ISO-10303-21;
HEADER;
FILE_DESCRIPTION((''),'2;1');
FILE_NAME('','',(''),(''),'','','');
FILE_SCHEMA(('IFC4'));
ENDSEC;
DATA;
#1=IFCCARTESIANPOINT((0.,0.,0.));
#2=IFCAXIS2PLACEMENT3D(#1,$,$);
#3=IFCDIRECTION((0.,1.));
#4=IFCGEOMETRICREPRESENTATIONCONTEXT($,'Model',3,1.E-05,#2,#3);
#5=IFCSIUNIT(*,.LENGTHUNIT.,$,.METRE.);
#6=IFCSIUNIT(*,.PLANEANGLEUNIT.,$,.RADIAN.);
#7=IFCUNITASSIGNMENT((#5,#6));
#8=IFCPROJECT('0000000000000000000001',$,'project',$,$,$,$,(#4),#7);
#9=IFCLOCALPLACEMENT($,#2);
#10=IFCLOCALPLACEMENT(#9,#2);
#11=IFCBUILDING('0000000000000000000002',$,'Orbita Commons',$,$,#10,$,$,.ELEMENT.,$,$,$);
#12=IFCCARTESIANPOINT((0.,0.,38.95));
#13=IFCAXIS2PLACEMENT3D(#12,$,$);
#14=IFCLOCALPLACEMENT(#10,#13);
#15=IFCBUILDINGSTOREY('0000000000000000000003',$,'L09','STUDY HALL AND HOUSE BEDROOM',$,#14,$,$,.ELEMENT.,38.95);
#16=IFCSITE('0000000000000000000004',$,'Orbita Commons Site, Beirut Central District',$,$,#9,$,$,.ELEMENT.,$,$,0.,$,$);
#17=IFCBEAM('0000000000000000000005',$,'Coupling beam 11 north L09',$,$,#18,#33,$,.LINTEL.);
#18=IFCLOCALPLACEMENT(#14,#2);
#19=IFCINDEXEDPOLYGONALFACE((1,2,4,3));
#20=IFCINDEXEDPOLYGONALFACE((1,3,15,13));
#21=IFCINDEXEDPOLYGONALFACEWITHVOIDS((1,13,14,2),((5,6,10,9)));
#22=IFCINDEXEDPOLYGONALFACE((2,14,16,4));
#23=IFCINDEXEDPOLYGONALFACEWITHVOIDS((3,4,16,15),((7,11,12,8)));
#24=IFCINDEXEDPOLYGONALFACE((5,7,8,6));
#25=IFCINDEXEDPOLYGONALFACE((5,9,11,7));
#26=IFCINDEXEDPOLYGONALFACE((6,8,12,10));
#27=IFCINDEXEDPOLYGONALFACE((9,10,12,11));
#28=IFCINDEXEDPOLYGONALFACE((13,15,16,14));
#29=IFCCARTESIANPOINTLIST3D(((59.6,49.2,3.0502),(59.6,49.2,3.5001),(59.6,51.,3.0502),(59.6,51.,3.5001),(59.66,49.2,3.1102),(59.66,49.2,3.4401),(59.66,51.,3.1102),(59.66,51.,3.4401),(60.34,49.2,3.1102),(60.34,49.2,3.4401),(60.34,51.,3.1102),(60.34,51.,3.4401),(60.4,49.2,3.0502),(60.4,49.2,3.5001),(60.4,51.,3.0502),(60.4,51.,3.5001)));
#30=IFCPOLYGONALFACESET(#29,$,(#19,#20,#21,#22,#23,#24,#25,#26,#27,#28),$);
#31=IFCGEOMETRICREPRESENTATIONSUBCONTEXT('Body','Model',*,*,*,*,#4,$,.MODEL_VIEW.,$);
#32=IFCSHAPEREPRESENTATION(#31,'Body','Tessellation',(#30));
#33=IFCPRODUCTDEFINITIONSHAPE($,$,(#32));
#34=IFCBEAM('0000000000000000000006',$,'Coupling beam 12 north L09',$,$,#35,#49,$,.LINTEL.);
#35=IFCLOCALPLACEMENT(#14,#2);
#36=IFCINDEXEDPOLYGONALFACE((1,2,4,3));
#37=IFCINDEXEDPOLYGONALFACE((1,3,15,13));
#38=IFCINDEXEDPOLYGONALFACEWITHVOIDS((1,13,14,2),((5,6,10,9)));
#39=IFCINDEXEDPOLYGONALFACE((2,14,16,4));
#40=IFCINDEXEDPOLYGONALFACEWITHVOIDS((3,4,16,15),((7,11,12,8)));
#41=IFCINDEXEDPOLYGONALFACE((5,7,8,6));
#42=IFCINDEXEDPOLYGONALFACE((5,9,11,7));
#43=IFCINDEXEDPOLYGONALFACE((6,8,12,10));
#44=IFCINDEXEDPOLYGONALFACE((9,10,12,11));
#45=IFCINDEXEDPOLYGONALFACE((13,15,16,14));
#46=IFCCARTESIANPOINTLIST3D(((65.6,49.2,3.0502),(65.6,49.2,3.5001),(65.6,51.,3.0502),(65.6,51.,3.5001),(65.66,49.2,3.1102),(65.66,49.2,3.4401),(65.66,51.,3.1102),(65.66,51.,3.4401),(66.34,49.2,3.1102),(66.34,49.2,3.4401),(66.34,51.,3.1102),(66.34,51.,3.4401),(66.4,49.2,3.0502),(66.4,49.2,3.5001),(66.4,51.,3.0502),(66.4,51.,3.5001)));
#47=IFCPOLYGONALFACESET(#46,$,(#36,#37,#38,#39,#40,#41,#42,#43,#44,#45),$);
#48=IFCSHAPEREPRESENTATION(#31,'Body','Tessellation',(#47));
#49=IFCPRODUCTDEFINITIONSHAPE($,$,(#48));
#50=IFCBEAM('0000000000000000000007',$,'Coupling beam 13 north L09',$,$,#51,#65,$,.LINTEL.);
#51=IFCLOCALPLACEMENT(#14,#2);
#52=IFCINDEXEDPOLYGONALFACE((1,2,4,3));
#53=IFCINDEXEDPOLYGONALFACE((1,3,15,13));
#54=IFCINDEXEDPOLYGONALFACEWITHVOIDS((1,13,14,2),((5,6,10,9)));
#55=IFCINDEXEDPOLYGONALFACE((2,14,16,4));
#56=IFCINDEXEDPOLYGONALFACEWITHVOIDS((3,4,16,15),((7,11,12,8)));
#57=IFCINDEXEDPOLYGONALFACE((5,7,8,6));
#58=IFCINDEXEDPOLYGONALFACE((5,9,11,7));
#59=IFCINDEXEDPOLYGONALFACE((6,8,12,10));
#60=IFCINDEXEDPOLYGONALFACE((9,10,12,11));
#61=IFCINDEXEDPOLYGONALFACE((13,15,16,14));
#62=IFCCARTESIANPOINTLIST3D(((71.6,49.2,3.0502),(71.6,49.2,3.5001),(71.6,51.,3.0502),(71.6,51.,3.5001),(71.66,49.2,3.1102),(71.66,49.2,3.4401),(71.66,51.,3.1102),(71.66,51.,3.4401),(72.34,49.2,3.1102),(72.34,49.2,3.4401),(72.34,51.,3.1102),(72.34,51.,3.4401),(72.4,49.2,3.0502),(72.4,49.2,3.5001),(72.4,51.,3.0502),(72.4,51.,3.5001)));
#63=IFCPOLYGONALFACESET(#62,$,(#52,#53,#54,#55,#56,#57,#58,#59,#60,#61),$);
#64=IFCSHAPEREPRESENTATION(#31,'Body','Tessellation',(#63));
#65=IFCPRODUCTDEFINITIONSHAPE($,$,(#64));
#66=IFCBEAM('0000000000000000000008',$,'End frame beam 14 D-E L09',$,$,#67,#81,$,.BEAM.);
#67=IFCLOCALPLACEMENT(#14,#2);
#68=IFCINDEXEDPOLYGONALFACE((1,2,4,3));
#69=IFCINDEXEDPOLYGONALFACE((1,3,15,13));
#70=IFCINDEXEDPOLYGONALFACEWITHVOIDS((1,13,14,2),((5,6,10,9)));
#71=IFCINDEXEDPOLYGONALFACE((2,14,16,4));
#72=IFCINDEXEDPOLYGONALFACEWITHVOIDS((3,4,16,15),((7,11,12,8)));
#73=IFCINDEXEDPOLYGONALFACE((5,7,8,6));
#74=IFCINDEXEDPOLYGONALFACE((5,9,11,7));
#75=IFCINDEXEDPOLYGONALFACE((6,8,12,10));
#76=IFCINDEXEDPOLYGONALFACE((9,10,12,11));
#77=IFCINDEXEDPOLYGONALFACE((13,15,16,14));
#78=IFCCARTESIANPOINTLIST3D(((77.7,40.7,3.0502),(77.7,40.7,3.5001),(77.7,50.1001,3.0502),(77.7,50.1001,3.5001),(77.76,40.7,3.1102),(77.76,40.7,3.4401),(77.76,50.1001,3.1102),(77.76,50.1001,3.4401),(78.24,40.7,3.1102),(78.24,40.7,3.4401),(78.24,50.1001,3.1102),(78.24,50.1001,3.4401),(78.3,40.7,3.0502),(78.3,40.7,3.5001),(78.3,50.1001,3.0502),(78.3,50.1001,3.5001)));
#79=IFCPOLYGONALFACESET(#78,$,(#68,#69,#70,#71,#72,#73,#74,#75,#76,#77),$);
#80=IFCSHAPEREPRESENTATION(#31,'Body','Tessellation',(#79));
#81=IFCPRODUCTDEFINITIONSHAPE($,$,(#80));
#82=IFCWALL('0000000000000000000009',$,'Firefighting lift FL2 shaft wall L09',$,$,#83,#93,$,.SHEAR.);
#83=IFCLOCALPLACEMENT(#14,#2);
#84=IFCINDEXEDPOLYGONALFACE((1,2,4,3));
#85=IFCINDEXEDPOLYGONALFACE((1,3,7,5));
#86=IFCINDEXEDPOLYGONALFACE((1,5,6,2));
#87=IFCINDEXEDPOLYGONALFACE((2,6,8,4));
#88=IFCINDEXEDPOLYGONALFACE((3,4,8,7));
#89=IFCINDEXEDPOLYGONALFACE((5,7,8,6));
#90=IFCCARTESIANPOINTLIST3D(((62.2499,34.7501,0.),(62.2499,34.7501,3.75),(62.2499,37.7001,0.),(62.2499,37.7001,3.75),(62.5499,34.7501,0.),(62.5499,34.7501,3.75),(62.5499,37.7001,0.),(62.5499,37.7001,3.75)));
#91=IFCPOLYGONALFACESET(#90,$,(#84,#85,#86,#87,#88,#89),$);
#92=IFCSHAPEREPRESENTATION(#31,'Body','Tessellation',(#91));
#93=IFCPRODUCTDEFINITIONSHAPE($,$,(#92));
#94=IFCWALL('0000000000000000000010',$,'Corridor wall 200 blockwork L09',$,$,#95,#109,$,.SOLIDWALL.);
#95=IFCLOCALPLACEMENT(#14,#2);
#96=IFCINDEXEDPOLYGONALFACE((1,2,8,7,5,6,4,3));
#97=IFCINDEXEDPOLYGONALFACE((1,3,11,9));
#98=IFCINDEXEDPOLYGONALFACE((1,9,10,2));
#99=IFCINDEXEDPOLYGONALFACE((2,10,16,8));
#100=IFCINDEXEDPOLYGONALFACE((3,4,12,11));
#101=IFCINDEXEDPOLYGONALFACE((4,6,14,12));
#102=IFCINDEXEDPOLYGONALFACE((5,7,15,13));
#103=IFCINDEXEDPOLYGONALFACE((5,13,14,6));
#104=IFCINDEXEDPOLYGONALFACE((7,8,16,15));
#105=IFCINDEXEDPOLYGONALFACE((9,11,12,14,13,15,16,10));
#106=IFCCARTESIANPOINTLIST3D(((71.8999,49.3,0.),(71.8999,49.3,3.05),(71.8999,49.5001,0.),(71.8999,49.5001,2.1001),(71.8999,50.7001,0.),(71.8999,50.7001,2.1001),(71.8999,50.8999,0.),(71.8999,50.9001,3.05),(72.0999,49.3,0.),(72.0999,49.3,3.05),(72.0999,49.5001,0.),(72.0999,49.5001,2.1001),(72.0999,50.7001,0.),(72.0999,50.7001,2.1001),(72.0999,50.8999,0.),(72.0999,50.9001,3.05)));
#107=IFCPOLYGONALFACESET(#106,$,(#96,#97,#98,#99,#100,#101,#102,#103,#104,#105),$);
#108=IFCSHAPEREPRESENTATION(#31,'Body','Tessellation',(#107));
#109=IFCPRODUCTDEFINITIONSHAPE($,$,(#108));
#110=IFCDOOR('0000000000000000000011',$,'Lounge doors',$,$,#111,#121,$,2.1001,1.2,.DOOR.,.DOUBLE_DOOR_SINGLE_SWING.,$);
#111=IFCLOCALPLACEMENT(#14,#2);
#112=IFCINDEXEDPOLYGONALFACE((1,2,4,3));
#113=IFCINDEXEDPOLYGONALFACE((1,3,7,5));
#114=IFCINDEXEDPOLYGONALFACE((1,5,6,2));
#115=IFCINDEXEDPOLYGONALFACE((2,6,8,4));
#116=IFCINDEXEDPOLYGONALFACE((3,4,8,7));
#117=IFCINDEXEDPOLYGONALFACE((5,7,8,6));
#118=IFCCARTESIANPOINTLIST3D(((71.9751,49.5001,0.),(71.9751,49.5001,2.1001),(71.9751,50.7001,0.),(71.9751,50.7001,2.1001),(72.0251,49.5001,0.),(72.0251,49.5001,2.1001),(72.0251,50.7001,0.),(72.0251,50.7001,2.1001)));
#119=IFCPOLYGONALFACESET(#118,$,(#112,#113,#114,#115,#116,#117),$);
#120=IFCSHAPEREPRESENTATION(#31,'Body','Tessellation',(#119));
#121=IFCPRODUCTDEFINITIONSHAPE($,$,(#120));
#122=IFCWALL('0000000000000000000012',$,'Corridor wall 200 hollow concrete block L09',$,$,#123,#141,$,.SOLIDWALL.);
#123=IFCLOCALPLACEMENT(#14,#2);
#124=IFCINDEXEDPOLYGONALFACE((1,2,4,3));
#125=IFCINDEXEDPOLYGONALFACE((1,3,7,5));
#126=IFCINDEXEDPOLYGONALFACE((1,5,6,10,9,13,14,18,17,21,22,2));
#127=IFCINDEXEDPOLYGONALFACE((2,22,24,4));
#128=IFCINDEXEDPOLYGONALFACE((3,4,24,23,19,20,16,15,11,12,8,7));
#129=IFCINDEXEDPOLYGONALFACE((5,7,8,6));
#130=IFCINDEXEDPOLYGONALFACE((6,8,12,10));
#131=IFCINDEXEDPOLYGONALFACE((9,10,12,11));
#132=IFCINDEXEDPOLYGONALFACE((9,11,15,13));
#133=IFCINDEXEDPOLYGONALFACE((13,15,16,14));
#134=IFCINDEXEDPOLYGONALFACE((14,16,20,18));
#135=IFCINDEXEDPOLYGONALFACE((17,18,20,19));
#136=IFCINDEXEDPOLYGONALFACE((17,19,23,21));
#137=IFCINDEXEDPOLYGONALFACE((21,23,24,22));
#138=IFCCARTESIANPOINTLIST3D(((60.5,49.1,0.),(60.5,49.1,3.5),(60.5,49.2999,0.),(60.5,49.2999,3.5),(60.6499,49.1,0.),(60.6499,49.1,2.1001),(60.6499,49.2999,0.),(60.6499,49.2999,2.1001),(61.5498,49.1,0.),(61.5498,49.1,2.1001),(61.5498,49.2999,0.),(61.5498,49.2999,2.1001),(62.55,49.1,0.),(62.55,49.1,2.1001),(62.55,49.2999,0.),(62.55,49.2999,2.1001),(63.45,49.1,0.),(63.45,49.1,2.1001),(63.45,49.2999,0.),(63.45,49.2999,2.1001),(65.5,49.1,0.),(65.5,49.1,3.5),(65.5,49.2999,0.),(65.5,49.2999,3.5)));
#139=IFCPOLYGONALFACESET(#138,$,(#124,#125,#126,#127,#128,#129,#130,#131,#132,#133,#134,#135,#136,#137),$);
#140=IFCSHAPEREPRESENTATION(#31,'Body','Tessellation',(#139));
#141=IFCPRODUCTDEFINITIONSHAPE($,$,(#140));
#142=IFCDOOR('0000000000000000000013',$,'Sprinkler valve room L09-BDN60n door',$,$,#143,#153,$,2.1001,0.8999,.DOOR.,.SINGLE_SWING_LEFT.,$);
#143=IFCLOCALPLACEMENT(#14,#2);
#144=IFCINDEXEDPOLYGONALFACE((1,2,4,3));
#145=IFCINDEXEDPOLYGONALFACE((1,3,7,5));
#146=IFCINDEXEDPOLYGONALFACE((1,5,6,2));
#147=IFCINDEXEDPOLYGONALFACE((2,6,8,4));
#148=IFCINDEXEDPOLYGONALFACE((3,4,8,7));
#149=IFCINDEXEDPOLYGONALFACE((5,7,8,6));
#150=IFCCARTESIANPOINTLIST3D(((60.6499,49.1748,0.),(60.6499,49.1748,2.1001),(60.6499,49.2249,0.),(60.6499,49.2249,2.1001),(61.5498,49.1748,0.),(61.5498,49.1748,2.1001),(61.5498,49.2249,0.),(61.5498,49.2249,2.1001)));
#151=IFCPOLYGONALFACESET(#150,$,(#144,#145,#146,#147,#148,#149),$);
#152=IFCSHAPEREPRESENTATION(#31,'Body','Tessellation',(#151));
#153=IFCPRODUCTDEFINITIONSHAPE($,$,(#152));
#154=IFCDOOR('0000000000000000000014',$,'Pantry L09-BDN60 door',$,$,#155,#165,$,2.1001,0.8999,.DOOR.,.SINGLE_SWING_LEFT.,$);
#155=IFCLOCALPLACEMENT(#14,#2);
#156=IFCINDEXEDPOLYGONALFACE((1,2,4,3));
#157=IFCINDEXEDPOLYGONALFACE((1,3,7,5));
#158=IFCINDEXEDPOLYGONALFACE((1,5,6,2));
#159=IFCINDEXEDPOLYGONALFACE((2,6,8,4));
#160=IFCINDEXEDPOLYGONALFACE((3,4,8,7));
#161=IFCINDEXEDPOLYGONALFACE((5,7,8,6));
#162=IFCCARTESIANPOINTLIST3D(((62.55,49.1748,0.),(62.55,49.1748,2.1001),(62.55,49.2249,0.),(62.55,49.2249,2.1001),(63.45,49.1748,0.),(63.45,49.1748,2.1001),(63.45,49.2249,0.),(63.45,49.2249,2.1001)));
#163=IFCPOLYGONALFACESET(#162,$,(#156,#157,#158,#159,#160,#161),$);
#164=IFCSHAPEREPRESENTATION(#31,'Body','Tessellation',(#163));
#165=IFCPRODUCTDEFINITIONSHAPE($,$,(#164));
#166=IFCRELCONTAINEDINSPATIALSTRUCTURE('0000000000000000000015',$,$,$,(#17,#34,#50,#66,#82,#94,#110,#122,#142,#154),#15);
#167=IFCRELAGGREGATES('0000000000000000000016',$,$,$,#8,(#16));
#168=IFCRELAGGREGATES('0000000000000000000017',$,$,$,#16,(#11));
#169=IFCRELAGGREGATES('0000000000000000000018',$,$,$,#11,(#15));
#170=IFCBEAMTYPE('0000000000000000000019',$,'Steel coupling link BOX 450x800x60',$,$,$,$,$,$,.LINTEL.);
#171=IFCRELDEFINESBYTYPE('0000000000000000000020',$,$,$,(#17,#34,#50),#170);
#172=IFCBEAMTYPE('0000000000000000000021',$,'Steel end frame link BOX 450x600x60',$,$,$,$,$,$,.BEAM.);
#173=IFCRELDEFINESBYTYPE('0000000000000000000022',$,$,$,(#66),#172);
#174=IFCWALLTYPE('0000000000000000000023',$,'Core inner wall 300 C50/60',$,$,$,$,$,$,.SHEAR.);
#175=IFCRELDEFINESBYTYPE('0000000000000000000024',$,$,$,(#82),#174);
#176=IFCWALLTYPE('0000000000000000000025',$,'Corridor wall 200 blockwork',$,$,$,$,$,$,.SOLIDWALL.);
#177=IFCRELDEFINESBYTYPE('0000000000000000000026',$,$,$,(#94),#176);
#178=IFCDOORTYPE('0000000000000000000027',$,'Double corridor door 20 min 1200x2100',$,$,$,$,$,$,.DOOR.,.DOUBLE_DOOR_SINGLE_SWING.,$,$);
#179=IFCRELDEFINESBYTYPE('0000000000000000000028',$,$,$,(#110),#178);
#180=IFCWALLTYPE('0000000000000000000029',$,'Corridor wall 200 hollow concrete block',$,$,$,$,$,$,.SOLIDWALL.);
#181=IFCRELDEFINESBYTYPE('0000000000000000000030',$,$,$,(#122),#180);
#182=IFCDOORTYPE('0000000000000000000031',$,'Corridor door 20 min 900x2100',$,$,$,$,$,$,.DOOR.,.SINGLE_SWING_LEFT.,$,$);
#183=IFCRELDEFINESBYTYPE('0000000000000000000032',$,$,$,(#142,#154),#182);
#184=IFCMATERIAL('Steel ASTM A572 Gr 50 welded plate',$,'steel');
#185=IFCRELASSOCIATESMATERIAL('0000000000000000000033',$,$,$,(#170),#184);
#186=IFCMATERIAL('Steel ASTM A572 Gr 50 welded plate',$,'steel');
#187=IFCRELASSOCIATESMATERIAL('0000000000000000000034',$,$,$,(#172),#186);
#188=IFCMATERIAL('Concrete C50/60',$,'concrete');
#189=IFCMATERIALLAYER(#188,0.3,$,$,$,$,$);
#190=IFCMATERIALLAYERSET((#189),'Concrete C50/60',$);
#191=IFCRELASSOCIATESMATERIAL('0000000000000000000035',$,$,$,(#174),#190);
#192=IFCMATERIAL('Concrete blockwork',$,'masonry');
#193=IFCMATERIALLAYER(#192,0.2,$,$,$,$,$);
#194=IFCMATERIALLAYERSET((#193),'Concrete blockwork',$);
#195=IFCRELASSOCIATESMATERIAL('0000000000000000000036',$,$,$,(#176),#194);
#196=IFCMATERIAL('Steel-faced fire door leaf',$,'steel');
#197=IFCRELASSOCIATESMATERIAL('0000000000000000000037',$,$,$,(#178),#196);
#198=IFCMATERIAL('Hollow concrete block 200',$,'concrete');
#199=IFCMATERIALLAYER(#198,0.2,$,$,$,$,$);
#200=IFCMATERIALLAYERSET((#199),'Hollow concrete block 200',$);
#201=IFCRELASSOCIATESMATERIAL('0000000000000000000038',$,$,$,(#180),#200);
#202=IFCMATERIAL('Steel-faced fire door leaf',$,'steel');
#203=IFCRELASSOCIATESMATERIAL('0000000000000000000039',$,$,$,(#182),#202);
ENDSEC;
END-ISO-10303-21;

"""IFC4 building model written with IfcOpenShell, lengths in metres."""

from ifc_helpers import new_model, si_unit, direction, frame, frame_2d, origin, origin_2d, place, context, subcontext, project, spatial, polyline, rectangle, hollow_rectangle, outline, extrude, material, layer, layer_set, material_profile, profile_set, type_object, element, fill, save


model = new_model("IFC4")

# Units and contexts
model_context = context("Model", 3, precision=1e-05, world=origin(), true_north=direction((0.0, 1.0)))
body_context = subcontext(model_context, "Body", "Model", "MODEL_VIEW")
ifc_project = project(units=[si_unit("LENGTHUNIT", "METRE"), si_unit("PLANEANGLEUNIT", "RADIAN")], contexts=[model_context])

# Site, building, storey
site_placement = place(None, origin())
site = spatial("IfcSite", under=ifc_project, at=site_placement, Name="Orbita Commons Site, Beirut Central District", CompositionType="ELEMENT", RefElevation=0.0)
building_placement = place(site_placement, origin())
building = spatial("IfcBuilding", under=site, at=building_placement, Name="Orbita Commons", CompositionType="ELEMENT")
storey_placement = place(building_placement, frame((0.0, 0.0, 38.95)))
storey = spatial("IfcBuildingStorey", under=building, at=storey_placement, Name="L09", Description="STUDY HALL AND HOUSE BEDROOM", CompositionType="ELEMENT", Elevation=38.95)

# Beams
ifc_material_1 = material(Name="Steel ASTM A572 Gr 50 welded plate", Category="steel")
ifc_material_profile_1 = material_profile(ifc_material_1, hollow_rectangle(XDim=0.8, YDim=0.45, WallThickness=0.0601, at=origin_2d()), Name="BOX 450x800x60")
ifc_profile_set_1 = profile_set([ifc_material_profile_1], Name="Steel ASTM A572 Gr 50 welded plate")
beam_type_1 = type_object("IfcBeamType", Name="Steel coupling link BOX 450x800x60", PredefinedType="LINTEL", material=ifc_profile_set_1)
for number, where, z_axis, x_axis, name in (
    (1, (60.0, 49.2, 3.2751), (0.0, 1.0, 0.0), (-1.0, 0.0, 0.0), "Coupling beam 11 north L09"),
    (2, (66.0, 49.2, 3.2751), (0.0, 1.0, 0.0), (-1.0, 0.0, 0.0), "Coupling beam 12 north L09"),
    (3, (72.0, 49.2, 3.2751), (0.0, 1.0, 0.0), (-1.0, 0.0, 0.0), "Coupling beam 13 north L09"),
):
    element("IfcBeam", number, at=place(storey_placement, frame(where, z_axis=z_axis, x_axis=x_axis)), inside=storey, type_object=beam_type_1, Name=name, PredefinedType="LINTEL", context=body_context, shape_type="SweptSolid", body=[
        extrude(hollow_rectangle(XDim=0.8, YDim=0.45, WallThickness=0.0601, at=origin_2d()), origin(), (0.0, 0.0, 1.0), 1.8),
    ])
ifc_material_2 = material(Name="Steel ASTM A572 Gr 50 welded plate", Category="steel")
ifc_material_profile_2 = material_profile(ifc_material_2, hollow_rectangle(XDim=0.6001, YDim=0.45, WallThickness=0.0601, at=origin_2d()), Name="BOX 450x600x60")
ifc_profile_set_2 = profile_set([ifc_material_profile_2], Name="Steel ASTM A572 Gr 50 welded plate")
beam_type_2 = type_object("IfcBeamType", Name="Steel end frame link BOX 450x600x60", PredefinedType="BEAM", material=ifc_profile_set_2)
beam_placement = place(storey_placement, frame((78.0, 40.7, 3.2751), z_axis=(0.0, 1.0, 0.0), x_axis=(-1.0, 0.0, 0.0)))
element("IfcBeam", 4, at=beam_placement, inside=storey, type_object=beam_type_2, Name="End frame beam 14 D-E L09", PredefinedType="BEAM", context=body_context, shape_type="SweptSolid", body=[
    extrude(hollow_rectangle(XDim=0.6001, YDim=0.45, WallThickness=0.0601, at=origin_2d()), origin(), (0.0, 0.0, 1.0), 9.4001),
])

# Wall
ifc_material_3 = material(Name="Concrete C50/60", Category="concrete")
ifc_layer_1 = layer(ifc_material_3, 0.3)
ifc_layer_set_1 = layer_set([ifc_layer_1], Name="Concrete C50/60")
wall_type_1 = type_object("IfcWallType", Name="Core inner wall 300 C50/60", PredefinedType="SHEAR", material=ifc_layer_set_1)
wall_1_placement = place(storey_placement, frame((62.3999, 34.75, 0.0), z_axis=(0.0, 0.0, 1.0), x_axis=(0.0, 1.0, 0.0)))
element("IfcWall", 5, at=wall_1_placement, inside=storey, type_object=wall_type_1, Name="Firefighting lift FL2 shaft wall L09", PredefinedType="SHEAR", context=body_context, shape_type="SweptSolid", body=[
    extrude(rectangle(XDim=2.95, YDim=0.3, at=frame_2d((1.4751, 0.0))), origin(), (0.0, 0.0, 1.0), 3.75),
])

# Wall, opening, door
ifc_material_4 = material(Name="Concrete blockwork", Category="masonry")
ifc_layer_2 = layer(ifc_material_4, 0.2)
ifc_layer_set_2 = layer_set([ifc_layer_2], Name="Concrete blockwork")
wall_type_2 = type_object("IfcWallType", Name="Corridor wall 200 blockwork", PredefinedType="SOLIDWALL", material=ifc_layer_set_2)
wall_2_placement = place(storey_placement, frame((72.0, 49.3, 0.0), z_axis=(0.0, 0.0, 1.0), x_axis=(0.0, 1.0, 0.0)))
wall_2 = element("IfcWall", 6, at=wall_2_placement, inside=storey, type_object=wall_type_2, Name="Corridor wall 200 blockwork L09", PredefinedType="SOLIDWALL", context=body_context, shape_type="SweptSolid", body=[
    extrude(outline(polyline([(0.0, 0.0), (1.5999, 0.0), (1.6001, 3.05), (0.0, 3.05), (0.0, 0.0)])), frame((0.0, 0.1001, 0.0), z_axis=(0.0, -1.0, 0.0), x_axis=(1.0, 0.0, 0.0)), (0.0, 0.0, 1.0), 0.2),
])
opening_1_placement = place(wall_2_placement, frame((0.2, 0.0, 0.0)))
opening_1 = element("IfcOpeningElement", 7, at=opening_1_placement, cuts=wall_2, PredefinedType="OPENING", context=body_context, shape_type="SweptSolid", body=[
    extrude(rectangle(XDim=1.2, YDim=2.1001, at=frame_2d((0.6001, 1.05))), frame((0.0, 0.1099, 0.0), z_axis=(0.0, -1.0, 0.0), x_axis=(1.0, 0.0, 0.0)), (0.0, 0.0, 1.0), 0.22),
])
ifc_material_5 = material(Name="Steel-faced fire door leaf", Category="steel")
door_type_1 = type_object("IfcDoorType", Name="Double corridor door 20 min 1200x2100", OperationType="DOUBLE_DOOR_SINGLE_SWING", PredefinedType="DOOR", material=ifc_material_5)
door_1_placement = place(opening_1_placement, origin())
door_1 = element("IfcDoor", 8, at=door_1_placement, inside=storey, type_object=door_type_1, Name="Lounge doors", OperationType="DOUBLE_DOOR_SINGLE_SWING", OverallHeight=2.1001, OverallWidth=1.2, PredefinedType="DOOR", context=body_context, shape_type="SweptSolid", body=[
    extrude(rectangle(XDim=1.2, YDim=2.1001, at=frame_2d((0.6001, 1.05))), frame((0.0, 0.0249, 0.0), z_axis=(0.0, -1.0, 0.0), x_axis=(1.0, 0.0, 0.0)), (0.0, 0.0, 1.0), 0.05),
])
fill(opening_1, door_1)

# Wall, openings, doors
ifc_material_6 = material(Name="Hollow concrete block 200", Category="concrete")
ifc_layer_3 = layer(ifc_material_6, 0.2)
ifc_layer_set_3 = layer_set([ifc_layer_3], Name="Hollow concrete block 200")
wall_type_3 = type_object("IfcWallType", Name="Corridor wall 200 hollow concrete block", PredefinedType="SOLIDWALL", material=ifc_layer_set_3)
wall_3_placement = place(storey_placement, frame((60.5, 49.2, 0.0), z_axis=(0.0, 0.0, 1.0), x_axis=(1.0, 0.0, 0.0)))
wall_3 = element("IfcWall", 9, at=wall_3_placement, inside=storey, type_object=wall_type_3, Name="Corridor wall 200 hollow concrete block L09", PredefinedType="SOLIDWALL", context=body_context, shape_type="SweptSolid", body=[
    extrude(rectangle(XDim=5.0, YDim=0.2, at=frame_2d((2.5, 0.0))), origin(), (0.0, 0.0, 1.0), 3.5),
])
opening_2_placement = place(wall_3_placement, frame((0.1499, 0.0, 0.0)))
opening_2 = element("IfcOpeningElement", 10, at=opening_2_placement, cuts=wall_3, PredefinedType="OPENING", context=body_context, shape_type="SweptSolid", body=[
    extrude(rectangle(XDim=0.8999, YDim=2.1001, at=frame_2d((0.45, 1.05))), frame((0.0, 0.1099, 0.0), z_axis=(0.0, -1.0, 0.0), x_axis=(1.0, 0.0, 0.0)), (0.0, 0.0, 1.0), 0.22),
])
opening_3_placement = place(wall_3_placement, frame((2.05, 0.0, 0.0)))
opening_3 = element("IfcOpeningElement", 11, at=opening_3_placement, cuts=wall_3, PredefinedType="OPENING", context=body_context, shape_type="SweptSolid", body=[
    extrude(rectangle(XDim=0.8999, YDim=2.1001, at=frame_2d((0.45, 1.05))), frame((0.0, 0.1099, 0.0), z_axis=(0.0, -1.0, 0.0), x_axis=(1.0, 0.0, 0.0)), (0.0, 0.0, 1.0), 0.22),
])
ifc_material_7 = material(Name="Steel-faced fire door leaf", Category="steel")
door_type_2 = type_object("IfcDoorType", Name="Corridor door 20 min 900x2100", OperationType="SINGLE_SWING_LEFT", PredefinedType="DOOR", material=ifc_material_7)
door_2_placement = place(opening_2_placement, origin())
door_2 = element("IfcDoor", 12, at=door_2_placement, inside=storey, type_object=door_type_2, Name="Sprinkler valve room L09-BDN60n door", OperationType="SINGLE_SWING_LEFT", OverallHeight=2.1001, OverallWidth=0.8999, PredefinedType="DOOR", context=body_context, shape_type="SweptSolid", body=[
    extrude(rectangle(XDim=0.8999, YDim=2.1001, at=frame_2d((0.45, 1.05))), frame((0.0, 0.0249, 0.0), z_axis=(0.0, -1.0, 0.0), x_axis=(1.0, 0.0, 0.0)), (0.0, 0.0, 1.0), 0.05),
])
fill(opening_2, door_2)
door_3_placement = place(opening_3_placement, origin())
door_3 = element("IfcDoor", 13, at=door_3_placement, inside=storey, type_object=door_type_2, Name="Pantry L09-BDN60 door", OperationType="SINGLE_SWING_LEFT", OverallHeight=2.1001, OverallWidth=0.8999, PredefinedType="DOOR", context=body_context, shape_type="SweptSolid", body=[
    extrude(rectangle(XDim=0.8999, YDim=2.1001, at=frame_2d((0.45, 1.05))), frame((0.0, 0.0249, 0.0), z_axis=(0.0, -1.0, 0.0), x_axis=(1.0, 0.0, 0.0)), (0.0, 0.0, 1.0), 0.05),
])
fill(opening_3, door_3)

save(model, "model.ifc")
